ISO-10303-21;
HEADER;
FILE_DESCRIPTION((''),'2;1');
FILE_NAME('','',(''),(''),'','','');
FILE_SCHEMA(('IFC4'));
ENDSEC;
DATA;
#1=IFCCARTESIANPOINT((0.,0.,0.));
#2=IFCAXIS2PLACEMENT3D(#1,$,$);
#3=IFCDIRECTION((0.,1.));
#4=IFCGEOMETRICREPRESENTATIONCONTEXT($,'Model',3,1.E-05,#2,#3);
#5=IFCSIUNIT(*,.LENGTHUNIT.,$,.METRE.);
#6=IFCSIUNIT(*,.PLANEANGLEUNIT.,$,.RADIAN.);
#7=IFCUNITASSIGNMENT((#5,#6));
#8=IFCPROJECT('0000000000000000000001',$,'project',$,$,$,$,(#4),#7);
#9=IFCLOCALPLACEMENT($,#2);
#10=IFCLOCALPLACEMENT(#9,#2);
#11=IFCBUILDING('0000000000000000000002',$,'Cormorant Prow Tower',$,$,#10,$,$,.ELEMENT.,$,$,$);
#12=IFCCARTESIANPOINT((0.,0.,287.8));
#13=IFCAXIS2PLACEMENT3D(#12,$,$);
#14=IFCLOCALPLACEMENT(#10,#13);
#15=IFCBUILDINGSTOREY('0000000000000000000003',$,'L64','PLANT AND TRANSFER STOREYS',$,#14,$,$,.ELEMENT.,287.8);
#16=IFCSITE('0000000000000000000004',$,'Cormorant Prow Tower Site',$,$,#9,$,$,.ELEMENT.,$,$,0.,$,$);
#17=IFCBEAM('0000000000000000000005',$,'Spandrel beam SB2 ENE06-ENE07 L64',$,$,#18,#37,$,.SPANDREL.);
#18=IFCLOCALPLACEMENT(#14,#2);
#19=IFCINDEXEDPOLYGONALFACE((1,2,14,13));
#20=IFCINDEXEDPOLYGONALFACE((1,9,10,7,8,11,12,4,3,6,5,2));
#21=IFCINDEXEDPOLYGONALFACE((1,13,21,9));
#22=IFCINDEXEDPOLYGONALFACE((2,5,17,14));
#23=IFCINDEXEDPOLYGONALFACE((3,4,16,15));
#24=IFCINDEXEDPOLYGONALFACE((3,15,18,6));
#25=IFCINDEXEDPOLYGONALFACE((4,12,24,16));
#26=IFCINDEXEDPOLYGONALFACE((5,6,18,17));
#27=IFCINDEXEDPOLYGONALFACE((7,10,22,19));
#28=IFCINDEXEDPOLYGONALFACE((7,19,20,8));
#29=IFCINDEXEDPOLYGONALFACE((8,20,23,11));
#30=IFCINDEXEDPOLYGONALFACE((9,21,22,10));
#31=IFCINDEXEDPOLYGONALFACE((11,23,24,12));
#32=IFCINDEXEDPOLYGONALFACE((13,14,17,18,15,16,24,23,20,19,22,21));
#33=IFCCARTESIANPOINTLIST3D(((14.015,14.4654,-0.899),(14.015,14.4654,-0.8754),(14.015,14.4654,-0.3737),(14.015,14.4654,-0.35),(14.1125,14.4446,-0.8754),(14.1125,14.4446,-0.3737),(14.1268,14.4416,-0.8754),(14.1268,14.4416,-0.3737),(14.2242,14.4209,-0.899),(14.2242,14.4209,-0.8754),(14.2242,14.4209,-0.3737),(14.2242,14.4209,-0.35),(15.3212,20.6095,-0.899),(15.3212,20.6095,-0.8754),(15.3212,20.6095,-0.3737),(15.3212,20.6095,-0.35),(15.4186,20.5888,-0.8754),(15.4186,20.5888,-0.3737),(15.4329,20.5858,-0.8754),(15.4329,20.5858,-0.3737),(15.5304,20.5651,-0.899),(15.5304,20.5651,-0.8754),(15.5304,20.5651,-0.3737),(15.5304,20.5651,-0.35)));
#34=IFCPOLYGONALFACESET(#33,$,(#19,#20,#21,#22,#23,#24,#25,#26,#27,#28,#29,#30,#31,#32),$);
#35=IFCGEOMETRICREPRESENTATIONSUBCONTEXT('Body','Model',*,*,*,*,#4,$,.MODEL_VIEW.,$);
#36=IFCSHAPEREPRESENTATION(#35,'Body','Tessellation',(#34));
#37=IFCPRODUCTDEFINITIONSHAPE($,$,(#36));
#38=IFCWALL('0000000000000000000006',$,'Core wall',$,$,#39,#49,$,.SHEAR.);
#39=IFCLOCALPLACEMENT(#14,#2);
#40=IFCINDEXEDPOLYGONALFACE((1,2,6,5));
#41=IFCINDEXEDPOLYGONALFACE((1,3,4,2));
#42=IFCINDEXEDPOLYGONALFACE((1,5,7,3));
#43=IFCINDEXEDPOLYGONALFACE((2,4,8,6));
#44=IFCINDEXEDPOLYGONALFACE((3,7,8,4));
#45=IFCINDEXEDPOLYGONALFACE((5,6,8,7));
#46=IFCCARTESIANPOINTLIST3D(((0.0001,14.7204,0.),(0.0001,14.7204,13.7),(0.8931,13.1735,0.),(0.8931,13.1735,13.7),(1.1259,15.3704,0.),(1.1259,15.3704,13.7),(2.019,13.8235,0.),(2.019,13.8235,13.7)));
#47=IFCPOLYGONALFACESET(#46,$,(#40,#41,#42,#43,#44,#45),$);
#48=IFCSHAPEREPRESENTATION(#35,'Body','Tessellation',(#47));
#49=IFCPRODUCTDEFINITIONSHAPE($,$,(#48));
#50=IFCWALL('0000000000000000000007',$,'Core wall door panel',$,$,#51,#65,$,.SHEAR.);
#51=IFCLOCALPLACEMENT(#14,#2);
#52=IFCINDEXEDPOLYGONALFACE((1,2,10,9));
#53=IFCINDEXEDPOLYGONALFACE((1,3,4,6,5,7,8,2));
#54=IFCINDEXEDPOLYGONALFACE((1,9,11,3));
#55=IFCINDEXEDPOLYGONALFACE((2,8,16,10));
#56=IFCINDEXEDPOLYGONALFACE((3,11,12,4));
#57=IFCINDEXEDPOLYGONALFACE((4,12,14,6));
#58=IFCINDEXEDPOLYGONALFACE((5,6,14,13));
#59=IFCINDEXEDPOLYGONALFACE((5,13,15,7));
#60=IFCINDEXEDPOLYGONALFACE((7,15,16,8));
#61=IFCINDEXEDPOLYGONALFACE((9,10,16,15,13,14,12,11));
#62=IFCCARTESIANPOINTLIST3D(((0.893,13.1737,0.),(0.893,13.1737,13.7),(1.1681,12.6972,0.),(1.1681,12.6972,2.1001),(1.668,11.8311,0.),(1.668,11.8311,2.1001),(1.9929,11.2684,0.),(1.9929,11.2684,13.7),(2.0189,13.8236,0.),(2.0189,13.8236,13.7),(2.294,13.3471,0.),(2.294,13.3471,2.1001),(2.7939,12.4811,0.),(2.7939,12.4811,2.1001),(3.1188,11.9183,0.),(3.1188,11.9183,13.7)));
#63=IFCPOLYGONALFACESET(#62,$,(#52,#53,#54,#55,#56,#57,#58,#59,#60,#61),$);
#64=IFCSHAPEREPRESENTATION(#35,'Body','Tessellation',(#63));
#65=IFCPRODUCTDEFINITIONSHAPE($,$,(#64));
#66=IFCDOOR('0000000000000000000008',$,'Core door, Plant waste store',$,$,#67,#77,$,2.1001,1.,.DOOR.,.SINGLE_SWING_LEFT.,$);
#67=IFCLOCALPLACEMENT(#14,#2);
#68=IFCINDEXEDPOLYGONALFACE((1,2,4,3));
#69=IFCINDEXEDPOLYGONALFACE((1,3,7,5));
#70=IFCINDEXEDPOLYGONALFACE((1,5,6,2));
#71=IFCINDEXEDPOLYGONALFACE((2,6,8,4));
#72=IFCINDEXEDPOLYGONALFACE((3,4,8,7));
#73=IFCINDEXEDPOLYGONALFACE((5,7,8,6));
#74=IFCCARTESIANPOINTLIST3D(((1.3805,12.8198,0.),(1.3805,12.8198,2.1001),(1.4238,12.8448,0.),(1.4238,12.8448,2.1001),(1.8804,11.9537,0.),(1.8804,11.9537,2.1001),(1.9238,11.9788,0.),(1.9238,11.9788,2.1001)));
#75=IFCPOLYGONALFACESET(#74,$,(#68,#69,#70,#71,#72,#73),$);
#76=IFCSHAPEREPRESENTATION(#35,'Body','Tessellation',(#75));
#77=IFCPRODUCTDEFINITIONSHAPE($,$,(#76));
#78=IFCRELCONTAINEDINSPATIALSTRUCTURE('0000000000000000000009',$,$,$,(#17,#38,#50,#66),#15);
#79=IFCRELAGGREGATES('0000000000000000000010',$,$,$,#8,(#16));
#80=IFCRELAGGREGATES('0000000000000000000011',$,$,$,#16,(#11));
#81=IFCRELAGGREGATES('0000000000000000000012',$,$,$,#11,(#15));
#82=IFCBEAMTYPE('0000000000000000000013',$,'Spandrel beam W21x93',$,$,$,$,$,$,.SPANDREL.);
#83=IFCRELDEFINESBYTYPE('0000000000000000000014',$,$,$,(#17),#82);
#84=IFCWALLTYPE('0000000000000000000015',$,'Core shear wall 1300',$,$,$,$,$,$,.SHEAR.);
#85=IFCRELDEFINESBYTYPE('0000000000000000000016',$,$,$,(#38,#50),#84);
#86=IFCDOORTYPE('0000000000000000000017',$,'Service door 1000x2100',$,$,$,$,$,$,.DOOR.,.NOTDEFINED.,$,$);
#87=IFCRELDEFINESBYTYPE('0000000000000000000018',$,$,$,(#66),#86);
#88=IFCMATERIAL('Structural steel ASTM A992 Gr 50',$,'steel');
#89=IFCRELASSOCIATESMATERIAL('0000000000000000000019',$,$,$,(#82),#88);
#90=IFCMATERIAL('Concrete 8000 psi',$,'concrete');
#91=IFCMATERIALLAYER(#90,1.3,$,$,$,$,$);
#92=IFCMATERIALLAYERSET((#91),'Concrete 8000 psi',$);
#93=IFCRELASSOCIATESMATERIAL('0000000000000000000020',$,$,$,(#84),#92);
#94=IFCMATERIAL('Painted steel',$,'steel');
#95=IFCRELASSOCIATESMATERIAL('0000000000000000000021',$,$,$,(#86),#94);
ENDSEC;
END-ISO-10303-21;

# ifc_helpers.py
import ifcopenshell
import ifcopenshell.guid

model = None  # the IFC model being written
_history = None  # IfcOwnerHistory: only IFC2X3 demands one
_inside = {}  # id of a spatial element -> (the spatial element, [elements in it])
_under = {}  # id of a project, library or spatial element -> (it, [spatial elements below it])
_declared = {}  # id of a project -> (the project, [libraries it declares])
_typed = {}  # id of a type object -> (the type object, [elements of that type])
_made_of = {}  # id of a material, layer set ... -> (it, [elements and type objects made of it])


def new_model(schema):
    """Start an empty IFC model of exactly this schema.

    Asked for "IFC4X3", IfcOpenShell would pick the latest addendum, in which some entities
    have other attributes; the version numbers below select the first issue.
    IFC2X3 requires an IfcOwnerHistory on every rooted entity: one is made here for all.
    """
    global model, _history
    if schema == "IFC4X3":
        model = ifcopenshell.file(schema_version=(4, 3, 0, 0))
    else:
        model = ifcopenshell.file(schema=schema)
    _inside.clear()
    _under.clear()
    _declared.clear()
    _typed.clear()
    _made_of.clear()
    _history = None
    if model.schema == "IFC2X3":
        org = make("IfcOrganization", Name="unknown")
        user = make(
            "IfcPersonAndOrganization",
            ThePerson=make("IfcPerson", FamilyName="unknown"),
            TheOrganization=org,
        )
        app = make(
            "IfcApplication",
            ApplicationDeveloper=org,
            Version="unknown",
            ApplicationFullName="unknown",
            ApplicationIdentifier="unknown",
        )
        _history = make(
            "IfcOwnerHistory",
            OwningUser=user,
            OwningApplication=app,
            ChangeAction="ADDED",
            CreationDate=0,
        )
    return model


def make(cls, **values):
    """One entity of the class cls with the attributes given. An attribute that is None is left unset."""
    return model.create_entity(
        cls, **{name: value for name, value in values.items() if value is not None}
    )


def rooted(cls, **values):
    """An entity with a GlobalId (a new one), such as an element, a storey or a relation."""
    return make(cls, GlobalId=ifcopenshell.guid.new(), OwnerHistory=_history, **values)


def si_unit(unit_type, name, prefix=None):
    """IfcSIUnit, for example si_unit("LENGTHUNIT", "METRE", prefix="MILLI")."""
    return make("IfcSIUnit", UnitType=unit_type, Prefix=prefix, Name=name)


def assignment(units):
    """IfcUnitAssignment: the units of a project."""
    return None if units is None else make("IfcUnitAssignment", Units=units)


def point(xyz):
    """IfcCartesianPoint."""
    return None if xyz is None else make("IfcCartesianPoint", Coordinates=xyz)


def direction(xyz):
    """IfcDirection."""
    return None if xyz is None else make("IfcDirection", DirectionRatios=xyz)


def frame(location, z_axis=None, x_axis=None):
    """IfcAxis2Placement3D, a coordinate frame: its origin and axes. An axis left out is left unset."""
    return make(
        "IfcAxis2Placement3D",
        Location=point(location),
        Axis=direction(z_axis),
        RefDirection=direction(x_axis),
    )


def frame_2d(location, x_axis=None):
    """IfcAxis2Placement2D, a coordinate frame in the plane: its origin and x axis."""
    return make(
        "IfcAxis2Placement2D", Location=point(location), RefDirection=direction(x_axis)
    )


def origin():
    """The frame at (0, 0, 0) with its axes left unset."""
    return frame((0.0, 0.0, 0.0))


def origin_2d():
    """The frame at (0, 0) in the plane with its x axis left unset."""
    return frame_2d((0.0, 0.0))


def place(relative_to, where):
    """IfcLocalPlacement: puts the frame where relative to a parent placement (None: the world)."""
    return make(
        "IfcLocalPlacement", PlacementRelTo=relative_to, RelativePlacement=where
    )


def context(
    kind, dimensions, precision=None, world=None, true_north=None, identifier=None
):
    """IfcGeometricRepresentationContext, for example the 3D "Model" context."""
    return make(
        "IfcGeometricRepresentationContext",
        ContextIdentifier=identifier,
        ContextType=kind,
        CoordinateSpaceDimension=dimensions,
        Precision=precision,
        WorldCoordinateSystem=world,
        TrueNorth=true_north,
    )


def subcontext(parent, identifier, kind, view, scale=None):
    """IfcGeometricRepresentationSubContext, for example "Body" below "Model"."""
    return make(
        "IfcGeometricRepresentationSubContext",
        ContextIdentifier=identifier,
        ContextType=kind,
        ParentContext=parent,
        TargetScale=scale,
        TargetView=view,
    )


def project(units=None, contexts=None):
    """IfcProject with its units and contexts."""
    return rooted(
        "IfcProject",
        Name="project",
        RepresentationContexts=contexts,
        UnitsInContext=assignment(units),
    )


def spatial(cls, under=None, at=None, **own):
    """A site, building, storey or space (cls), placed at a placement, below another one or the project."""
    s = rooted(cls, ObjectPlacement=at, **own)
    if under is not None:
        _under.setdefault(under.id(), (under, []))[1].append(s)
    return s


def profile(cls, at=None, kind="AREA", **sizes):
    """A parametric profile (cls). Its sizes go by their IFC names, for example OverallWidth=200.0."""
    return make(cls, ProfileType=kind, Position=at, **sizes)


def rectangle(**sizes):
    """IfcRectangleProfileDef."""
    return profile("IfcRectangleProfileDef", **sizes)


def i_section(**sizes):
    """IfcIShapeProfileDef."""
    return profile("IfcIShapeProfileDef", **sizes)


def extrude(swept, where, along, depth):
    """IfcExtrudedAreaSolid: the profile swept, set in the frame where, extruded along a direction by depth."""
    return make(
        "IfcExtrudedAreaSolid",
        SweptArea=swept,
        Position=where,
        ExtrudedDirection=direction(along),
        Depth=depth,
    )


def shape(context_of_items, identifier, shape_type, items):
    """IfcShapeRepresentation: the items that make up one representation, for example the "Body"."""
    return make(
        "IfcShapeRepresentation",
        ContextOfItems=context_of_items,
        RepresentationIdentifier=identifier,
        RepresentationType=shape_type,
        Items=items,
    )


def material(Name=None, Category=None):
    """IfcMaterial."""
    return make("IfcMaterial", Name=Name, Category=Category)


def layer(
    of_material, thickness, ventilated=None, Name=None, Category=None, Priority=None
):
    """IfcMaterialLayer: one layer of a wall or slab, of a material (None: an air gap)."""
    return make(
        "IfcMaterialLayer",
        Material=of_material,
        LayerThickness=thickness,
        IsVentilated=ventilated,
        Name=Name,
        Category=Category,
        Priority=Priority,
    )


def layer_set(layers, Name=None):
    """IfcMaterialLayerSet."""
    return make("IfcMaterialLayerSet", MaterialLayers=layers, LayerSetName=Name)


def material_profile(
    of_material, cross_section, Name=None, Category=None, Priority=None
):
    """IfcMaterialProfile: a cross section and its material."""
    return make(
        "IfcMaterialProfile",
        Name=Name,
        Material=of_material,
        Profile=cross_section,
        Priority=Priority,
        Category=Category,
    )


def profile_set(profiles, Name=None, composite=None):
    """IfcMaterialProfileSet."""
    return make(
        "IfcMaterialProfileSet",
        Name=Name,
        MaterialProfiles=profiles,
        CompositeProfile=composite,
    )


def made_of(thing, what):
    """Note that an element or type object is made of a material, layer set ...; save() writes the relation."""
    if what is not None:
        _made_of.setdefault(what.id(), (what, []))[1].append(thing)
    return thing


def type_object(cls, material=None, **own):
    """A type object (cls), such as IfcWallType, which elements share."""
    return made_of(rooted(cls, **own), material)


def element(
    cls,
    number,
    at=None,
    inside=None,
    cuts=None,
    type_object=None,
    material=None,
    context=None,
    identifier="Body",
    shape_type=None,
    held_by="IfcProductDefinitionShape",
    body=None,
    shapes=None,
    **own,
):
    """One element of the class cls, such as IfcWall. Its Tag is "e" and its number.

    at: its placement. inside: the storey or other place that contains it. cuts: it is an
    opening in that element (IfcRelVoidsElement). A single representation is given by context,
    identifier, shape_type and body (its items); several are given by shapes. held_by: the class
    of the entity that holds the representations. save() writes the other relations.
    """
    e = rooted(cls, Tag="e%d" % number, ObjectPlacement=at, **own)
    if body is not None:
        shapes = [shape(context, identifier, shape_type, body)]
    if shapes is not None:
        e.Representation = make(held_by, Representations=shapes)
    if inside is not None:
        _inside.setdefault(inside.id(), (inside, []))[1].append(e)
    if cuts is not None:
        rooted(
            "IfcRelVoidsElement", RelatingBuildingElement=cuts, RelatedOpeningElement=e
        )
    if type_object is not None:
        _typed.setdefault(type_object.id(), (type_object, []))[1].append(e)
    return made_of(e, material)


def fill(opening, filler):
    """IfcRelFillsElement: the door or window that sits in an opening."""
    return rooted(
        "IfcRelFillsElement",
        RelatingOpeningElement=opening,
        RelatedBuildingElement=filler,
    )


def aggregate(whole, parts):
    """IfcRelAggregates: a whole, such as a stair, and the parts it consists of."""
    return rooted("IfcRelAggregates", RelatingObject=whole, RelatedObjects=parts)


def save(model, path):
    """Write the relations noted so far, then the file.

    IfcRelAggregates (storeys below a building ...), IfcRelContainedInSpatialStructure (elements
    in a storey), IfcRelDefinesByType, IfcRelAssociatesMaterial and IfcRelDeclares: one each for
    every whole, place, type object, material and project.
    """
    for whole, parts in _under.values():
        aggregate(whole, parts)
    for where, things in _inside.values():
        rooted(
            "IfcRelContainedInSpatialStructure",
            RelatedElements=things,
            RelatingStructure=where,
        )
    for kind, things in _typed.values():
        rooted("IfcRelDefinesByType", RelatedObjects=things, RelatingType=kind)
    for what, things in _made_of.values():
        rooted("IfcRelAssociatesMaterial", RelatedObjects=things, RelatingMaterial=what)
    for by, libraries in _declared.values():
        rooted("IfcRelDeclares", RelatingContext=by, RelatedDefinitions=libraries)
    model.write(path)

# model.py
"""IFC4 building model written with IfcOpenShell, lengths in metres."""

from ifc_helpers import new_model, si_unit, direction, frame, frame_2d, origin, origin_2d, place, context, subcontext, project, spatial, rectangle, i_section, extrude, material, layer, layer_set, material_profile, profile_set, type_object, element, fill, save


model = new_model("IFC4")

# Units and contexts
model_context = context("Model", 3, precision=1e-05, world=origin(), true_north=direction((0.0, 1.0)))
body_context = subcontext(model_context, "Body", "Model", "MODEL_VIEW")
ifc_project = project(units=[si_unit("LENGTHUNIT", "METRE"), si_unit("PLANEANGLEUNIT", "RADIAN")], contexts=[model_context])

# Site, building, storey
site_placement = place(None, origin())
site = spatial("IfcSite", under=ifc_project, at=site_placement, Name="Cormorant Prow Tower Site", CompositionType="ELEMENT", RefElevation=0.0)
building_placement = place(site_placement, origin())
building = spatial("IfcBuilding", under=site, at=building_placement, Name="Cormorant Prow Tower", CompositionType="ELEMENT")
storey_placement = place(building_placement, frame((0.0, 0.0, 287.8)))
storey = spatial("IfcBuildingStorey", under=building, at=storey_placement, Name="L64", Description="PLANT AND TRANSFER STOREYS", CompositionType="ELEMENT", Elevation=287.8)

# Beam
ifc_material_1 = material(Name="Structural steel ASTM A992 Gr 50", Category="steel")
ifc_material_profile_1 = material_profile(ifc_material_1, i_section(OverallWidth=0.2139, OverallDepth=0.5491, WebThickness=0.0146, FlangeThickness=0.0237, at=origin_2d()), Name="W21x93")
ifc_profile_set_1 = profile_set([ifc_material_profile_1], Name="Structural steel ASTM A992 Gr 50")
beam_type_1 = type_object("IfcBeamType", Name="Spandrel beam W21x93", PredefinedType="SPANDREL", material=ifc_profile_set_1)
beam_1_placement = place(storey_placement, frame((14.1196, 14.4431, -0.6245), z_axis=(0.207934, 0.978143, 0.0), x_axis=(-0.978143, 0.207934, 0.0)))
element("IfcBeam", 1, at=beam_1_placement, inside=storey, type_object=beam_type_1, Name="Spandrel beam SB2 ENE06-ENE07 L64", PredefinedType="SPANDREL", context=body_context, shape_type="SweptSolid", body=[
    extrude(i_section(OverallWidth=0.2139, OverallDepth=0.5491, WebThickness=0.0146, FlangeThickness=0.0237, at=origin_2d()), origin(), (0.0, 0.0, 1.0), 6.2815),
])

# Wall
ifc_material_2 = material(Name="Concrete 8000 psi", Category="concrete")
ifc_layer_1 = layer(ifc_material_2, 1.3)
ifc_layer_set_1 = layer_set([ifc_layer_1], Name="Concrete 8000 psi")
wall_type_1 = type_object("IfcWallType", Name="Core shear wall 1300", PredefinedType="SHEAR", material=ifc_layer_set_1)
wall_1_placement = place(storey_placement, frame((1.4561, 13.4985, 0.0), z_axis=(0.0, 0.0, 1.0), x_axis=(-0.499991, 0.866031, 0.0)))
element("IfcWall", 2, at=wall_1_placement, inside=storey, type_object=wall_type_1, Name="Core wall", PredefinedType="SHEAR", context=body_context, shape_type="SweptSolid", body=[
    extrude(rectangle(XDim=1.7861, YDim=1.3, at=frame_2d((0.8931, 0.0))), origin(), (0.0, 0.0, 1.0), 13.7),
])

# Wall, opening, door
wall_2_placement = place(storey_placement, frame((2.5559, 11.5933, 0.0), z_axis=(0.0, 0.0, 1.0), x_axis=(-0.499947, 0.866056, 0.0)))
wall_2 = element("IfcWall", 3, at=wall_2_placement, inside=storey, type_object=wall_type_1, Name="Core wall door panel", PredefinedType="SHEAR", context=body_context, shape_type="SweptSolid", body=[
    extrude(rectangle(XDim=2.2, YDim=1.3, at=frame_2d((1.1001, 0.0))), origin(), (0.0, 0.0, 1.0), 13.7),
])
opening_1_placement = place(wall_2_placement, frame((0.6499, 0.0, 0.0)))
opening_1 = element("IfcOpeningElement", 4, at=opening_1_placement, cuts=wall_2, PredefinedType="OPENING", context=body_context, shape_type="SweptSolid", body=[
    extrude(rectangle(XDim=1.0, YDim=2.1001, at=frame_2d((0.5, 1.05))), frame((0.0, 0.6599, 0.0), z_axis=(0.0, -1.0, 0.0), x_axis=(1.0, 0.0, 0.0)), (0.0, 0.0, 1.0), 1.3201),
])
ifc_material_3 = material(Name="Painted steel", Category="steel")
door_type_1 = type_object("IfcDoorType", Name="Service door 1000x2100", OperationType="NOTDEFINED", PredefinedType="DOOR", material=ifc_material_3)
door_1_placement = place(opening_1_placement, origin())
door_1 = element("IfcDoor", 5, at=door_1_placement, inside=storey, type_object=door_type_1, Name="Core door, Plant waste store", OperationType="SINGLE_SWING_LEFT", OverallHeight=2.1001, OverallWidth=1.0, PredefinedType="DOOR", context=body_context, shape_type="SweptSolid", body=[
    extrude(rectangle(XDim=1.0, YDim=2.1001, at=frame_2d((0.5, 1.05))), frame((0.0, 0.4048, 0.0), z_axis=(0.0, -1.0, 0.0), x_axis=(1.0, 0.0, 0.0)), (0.0, 0.0, 1.0), 0.05),
])
fill(opening_1, door_1)

save(model, "model.ifc")
